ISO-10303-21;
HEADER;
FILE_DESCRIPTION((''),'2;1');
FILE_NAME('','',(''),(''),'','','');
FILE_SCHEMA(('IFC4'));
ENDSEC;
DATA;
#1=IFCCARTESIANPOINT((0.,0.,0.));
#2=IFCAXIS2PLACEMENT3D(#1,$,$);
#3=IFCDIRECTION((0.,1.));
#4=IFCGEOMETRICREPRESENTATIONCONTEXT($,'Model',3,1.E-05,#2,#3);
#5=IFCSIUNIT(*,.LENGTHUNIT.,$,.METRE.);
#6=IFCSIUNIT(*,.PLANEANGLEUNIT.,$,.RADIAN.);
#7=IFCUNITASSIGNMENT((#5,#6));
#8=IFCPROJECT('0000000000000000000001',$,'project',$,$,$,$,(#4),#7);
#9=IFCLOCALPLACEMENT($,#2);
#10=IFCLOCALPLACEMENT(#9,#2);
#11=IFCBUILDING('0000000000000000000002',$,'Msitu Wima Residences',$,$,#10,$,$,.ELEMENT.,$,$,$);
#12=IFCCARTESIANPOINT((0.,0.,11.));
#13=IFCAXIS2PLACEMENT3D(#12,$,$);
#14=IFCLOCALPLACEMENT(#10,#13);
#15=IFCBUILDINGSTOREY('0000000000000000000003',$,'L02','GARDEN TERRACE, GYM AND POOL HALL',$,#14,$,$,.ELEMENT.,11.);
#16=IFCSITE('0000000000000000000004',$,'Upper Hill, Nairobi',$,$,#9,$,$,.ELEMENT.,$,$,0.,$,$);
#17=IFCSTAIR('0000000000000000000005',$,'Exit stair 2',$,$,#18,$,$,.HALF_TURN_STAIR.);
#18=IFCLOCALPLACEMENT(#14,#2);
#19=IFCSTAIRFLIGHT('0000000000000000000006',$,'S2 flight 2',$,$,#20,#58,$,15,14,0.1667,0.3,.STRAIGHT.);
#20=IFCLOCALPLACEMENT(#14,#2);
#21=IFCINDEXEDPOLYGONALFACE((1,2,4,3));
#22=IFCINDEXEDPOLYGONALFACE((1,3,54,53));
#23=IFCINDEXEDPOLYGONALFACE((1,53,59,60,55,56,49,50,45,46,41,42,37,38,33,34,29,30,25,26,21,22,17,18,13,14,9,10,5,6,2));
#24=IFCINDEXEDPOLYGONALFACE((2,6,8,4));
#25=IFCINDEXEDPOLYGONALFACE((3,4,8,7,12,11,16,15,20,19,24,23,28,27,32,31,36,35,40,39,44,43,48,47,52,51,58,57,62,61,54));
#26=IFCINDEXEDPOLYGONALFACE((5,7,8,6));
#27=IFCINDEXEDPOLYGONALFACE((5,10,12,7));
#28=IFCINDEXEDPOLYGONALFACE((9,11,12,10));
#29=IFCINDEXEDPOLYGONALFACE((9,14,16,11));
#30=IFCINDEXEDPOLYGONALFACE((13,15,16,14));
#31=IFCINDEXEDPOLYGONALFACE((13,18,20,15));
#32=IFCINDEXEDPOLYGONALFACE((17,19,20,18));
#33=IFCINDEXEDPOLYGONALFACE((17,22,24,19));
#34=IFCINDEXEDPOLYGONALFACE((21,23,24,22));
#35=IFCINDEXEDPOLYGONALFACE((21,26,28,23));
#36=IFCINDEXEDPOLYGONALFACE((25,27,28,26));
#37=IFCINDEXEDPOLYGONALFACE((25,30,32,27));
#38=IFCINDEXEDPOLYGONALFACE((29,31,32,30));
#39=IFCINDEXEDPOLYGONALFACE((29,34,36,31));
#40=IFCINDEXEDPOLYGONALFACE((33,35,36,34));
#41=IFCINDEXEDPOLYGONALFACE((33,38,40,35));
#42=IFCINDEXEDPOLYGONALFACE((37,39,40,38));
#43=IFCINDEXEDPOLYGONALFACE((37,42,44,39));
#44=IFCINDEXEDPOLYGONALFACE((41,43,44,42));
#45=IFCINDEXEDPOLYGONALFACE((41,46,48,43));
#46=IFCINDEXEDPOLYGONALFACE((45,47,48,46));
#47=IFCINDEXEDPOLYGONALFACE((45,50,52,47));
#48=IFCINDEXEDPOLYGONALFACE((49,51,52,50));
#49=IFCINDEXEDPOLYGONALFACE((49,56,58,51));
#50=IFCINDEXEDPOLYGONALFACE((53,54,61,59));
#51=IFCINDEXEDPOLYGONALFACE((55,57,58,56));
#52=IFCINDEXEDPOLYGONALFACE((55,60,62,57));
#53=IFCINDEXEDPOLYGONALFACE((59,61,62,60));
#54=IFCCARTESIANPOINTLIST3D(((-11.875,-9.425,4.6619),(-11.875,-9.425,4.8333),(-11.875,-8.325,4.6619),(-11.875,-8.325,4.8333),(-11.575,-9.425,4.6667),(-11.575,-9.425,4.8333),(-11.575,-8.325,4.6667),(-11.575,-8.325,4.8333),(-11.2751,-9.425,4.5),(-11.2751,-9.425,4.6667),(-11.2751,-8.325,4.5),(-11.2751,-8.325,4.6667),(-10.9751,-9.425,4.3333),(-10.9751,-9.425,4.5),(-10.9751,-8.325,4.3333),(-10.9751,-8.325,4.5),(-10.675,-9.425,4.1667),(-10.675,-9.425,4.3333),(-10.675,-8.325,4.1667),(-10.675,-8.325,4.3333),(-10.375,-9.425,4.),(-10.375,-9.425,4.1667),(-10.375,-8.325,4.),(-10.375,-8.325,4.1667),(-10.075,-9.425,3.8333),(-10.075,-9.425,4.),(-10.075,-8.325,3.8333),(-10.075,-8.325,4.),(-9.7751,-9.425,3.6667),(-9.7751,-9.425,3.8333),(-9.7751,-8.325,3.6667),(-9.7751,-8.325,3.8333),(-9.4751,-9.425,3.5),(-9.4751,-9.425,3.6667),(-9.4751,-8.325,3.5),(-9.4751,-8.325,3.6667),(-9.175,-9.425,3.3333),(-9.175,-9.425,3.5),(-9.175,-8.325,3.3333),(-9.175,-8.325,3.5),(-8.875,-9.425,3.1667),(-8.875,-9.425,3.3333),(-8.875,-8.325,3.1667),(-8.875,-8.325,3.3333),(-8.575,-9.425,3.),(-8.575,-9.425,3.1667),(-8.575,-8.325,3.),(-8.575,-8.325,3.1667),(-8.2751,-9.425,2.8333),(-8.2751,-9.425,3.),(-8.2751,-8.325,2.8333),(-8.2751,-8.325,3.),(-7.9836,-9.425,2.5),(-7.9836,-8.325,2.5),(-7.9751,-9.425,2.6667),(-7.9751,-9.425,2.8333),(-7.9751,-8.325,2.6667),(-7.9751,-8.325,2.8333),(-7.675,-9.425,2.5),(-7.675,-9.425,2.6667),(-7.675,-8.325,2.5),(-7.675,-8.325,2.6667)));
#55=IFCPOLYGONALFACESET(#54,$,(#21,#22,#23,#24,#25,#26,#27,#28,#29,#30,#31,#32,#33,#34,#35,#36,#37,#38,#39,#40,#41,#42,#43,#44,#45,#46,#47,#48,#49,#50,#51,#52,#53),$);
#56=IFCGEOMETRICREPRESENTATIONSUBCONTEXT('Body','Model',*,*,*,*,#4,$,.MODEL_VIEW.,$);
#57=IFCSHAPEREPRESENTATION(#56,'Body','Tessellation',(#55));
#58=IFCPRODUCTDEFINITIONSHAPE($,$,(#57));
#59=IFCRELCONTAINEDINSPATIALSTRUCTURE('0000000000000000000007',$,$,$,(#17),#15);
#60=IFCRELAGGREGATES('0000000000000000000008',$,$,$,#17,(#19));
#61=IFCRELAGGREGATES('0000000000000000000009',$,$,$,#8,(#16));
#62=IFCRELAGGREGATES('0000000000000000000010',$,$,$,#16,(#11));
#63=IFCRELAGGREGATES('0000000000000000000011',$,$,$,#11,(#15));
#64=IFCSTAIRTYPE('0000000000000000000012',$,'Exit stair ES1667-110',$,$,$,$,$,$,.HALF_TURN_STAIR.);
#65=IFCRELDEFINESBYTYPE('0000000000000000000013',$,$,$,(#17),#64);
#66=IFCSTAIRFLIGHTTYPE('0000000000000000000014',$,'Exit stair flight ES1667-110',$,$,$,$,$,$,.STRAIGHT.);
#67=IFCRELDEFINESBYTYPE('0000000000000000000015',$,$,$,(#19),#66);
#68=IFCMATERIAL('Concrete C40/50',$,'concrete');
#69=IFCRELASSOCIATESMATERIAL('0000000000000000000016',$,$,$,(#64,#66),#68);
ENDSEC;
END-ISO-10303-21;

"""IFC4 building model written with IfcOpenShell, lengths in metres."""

from ifc_helpers import new_model, si_unit, direction, frame, origin, place, context, subcontext, project, spatial, polyline, outline, extrude, material, type_object, element, aggregate, save


model = new_model("IFC4")

# Units and contexts
model_context = context("Model", 3, precision=1e-05, world=origin(), true_north=direction((0.0, 1.0)))
body_context = subcontext(model_context, "Body", "Model", "MODEL_VIEW")
ifc_project = project(units=[si_unit("LENGTHUNIT", "METRE"), si_unit("PLANEANGLEUNIT", "RADIAN")], contexts=[model_context])

# Site, building, storey
site_placement = place(None, origin())
site = spatial("IfcSite", under=ifc_project, at=site_placement, Name="Upper Hill, Nairobi", CompositionType="ELEMENT", RefElevation=0.0)
building_placement = place(site_placement, origin())
building = spatial("IfcBuilding", under=site, at=building_placement, Name="Msitu Wima Residences", CompositionType="ELEMENT")
storey_placement = place(building_placement, frame((0.0, 0.0, 11.0)))
storey = spatial("IfcBuildingStorey", under=building, at=storey_placement, Name="L02", Description="GARDEN TERRACE, GYM AND POOL HALL", CompositionType="ELEMENT", Elevation=11.0)

# Shared definitions
ifc_material_1 = material(Name="Concrete C40/50", Category="concrete")

# Shared definitions
stair_type = type_object("IfcStairType", Name="Exit stair ES1667-110", PredefinedType="HALF_TURN_STAIR", material=ifc_material_1)

# Stair, stair flight
stair_1_placement = place(storey_placement, origin())
stair_1 = element("IfcStair", 1, at=stair_1_placement, inside=storey, type_object=stair_type, Name="Exit stair 2", PredefinedType="HALF_TURN_STAIR")
stair_flight_type = type_object("IfcStairFlightType", Name="Exit stair flight ES1667-110", PredefinedType="STRAIGHT", material=ifc_material_1)
stair_flight_placement = place(storey_placement, frame((-7.675, -8.875, 2.5), z_axis=(0.0, 0.0, 1.0), x_axis=(-1.0, 0.0, 0.0)))
stair_flight = element("IfcStairFlight", 2, at=stair_flight_placement, type_object=stair_flight_type, Name="S2 flight 2", NumberOfRisers=15, NumberOfTreads=14, PredefinedType="STRAIGHT", RiserHeight=0.1667, TreadLength=0.3, context=body_context, shape_type="SweptSolid", body=[
    extrude(outline(polyline([(0.0, 0.0), (0.0, 0.1667), (0.3, 0.1667), (0.3, 0.3333), (0.6001, 0.3333), (0.6001, 0.5), (0.8999, 0.5), (0.8999, 0.6667), (1.2, 0.6667), (1.2, 0.8333), (1.5, 0.8333), (1.5, 1.0), (1.8, 1.0), (1.8, 1.1667), (2.1001, 1.1667), (2.1001, 1.3333), (2.3999, 1.3333), (2.3999, 1.5), (2.7, 1.5), (2.7, 1.6667), (3.0, 1.6667), (3.0, 1.8333), (3.3, 1.8333), (3.3, 2.0), (3.6001, 2.0), (3.6001, 2.1667), (3.8999, 2.1667), (3.8999, 2.3333), (4.2, 2.3333), (4.2, 2.5), (4.2, 2.1619), (0.3086, 0.0), (0.0, 0.0)])), frame((0.0, 0.55, 0.0), z_axis=(0.0, -1.0, 0.0), x_axis=(1.0, 0.0, 0.0)), (0.0, 0.0, 1.0), 1.1001),
])
aggregate(stair_1, [stair_flight])

save(model, "model.ifc")
